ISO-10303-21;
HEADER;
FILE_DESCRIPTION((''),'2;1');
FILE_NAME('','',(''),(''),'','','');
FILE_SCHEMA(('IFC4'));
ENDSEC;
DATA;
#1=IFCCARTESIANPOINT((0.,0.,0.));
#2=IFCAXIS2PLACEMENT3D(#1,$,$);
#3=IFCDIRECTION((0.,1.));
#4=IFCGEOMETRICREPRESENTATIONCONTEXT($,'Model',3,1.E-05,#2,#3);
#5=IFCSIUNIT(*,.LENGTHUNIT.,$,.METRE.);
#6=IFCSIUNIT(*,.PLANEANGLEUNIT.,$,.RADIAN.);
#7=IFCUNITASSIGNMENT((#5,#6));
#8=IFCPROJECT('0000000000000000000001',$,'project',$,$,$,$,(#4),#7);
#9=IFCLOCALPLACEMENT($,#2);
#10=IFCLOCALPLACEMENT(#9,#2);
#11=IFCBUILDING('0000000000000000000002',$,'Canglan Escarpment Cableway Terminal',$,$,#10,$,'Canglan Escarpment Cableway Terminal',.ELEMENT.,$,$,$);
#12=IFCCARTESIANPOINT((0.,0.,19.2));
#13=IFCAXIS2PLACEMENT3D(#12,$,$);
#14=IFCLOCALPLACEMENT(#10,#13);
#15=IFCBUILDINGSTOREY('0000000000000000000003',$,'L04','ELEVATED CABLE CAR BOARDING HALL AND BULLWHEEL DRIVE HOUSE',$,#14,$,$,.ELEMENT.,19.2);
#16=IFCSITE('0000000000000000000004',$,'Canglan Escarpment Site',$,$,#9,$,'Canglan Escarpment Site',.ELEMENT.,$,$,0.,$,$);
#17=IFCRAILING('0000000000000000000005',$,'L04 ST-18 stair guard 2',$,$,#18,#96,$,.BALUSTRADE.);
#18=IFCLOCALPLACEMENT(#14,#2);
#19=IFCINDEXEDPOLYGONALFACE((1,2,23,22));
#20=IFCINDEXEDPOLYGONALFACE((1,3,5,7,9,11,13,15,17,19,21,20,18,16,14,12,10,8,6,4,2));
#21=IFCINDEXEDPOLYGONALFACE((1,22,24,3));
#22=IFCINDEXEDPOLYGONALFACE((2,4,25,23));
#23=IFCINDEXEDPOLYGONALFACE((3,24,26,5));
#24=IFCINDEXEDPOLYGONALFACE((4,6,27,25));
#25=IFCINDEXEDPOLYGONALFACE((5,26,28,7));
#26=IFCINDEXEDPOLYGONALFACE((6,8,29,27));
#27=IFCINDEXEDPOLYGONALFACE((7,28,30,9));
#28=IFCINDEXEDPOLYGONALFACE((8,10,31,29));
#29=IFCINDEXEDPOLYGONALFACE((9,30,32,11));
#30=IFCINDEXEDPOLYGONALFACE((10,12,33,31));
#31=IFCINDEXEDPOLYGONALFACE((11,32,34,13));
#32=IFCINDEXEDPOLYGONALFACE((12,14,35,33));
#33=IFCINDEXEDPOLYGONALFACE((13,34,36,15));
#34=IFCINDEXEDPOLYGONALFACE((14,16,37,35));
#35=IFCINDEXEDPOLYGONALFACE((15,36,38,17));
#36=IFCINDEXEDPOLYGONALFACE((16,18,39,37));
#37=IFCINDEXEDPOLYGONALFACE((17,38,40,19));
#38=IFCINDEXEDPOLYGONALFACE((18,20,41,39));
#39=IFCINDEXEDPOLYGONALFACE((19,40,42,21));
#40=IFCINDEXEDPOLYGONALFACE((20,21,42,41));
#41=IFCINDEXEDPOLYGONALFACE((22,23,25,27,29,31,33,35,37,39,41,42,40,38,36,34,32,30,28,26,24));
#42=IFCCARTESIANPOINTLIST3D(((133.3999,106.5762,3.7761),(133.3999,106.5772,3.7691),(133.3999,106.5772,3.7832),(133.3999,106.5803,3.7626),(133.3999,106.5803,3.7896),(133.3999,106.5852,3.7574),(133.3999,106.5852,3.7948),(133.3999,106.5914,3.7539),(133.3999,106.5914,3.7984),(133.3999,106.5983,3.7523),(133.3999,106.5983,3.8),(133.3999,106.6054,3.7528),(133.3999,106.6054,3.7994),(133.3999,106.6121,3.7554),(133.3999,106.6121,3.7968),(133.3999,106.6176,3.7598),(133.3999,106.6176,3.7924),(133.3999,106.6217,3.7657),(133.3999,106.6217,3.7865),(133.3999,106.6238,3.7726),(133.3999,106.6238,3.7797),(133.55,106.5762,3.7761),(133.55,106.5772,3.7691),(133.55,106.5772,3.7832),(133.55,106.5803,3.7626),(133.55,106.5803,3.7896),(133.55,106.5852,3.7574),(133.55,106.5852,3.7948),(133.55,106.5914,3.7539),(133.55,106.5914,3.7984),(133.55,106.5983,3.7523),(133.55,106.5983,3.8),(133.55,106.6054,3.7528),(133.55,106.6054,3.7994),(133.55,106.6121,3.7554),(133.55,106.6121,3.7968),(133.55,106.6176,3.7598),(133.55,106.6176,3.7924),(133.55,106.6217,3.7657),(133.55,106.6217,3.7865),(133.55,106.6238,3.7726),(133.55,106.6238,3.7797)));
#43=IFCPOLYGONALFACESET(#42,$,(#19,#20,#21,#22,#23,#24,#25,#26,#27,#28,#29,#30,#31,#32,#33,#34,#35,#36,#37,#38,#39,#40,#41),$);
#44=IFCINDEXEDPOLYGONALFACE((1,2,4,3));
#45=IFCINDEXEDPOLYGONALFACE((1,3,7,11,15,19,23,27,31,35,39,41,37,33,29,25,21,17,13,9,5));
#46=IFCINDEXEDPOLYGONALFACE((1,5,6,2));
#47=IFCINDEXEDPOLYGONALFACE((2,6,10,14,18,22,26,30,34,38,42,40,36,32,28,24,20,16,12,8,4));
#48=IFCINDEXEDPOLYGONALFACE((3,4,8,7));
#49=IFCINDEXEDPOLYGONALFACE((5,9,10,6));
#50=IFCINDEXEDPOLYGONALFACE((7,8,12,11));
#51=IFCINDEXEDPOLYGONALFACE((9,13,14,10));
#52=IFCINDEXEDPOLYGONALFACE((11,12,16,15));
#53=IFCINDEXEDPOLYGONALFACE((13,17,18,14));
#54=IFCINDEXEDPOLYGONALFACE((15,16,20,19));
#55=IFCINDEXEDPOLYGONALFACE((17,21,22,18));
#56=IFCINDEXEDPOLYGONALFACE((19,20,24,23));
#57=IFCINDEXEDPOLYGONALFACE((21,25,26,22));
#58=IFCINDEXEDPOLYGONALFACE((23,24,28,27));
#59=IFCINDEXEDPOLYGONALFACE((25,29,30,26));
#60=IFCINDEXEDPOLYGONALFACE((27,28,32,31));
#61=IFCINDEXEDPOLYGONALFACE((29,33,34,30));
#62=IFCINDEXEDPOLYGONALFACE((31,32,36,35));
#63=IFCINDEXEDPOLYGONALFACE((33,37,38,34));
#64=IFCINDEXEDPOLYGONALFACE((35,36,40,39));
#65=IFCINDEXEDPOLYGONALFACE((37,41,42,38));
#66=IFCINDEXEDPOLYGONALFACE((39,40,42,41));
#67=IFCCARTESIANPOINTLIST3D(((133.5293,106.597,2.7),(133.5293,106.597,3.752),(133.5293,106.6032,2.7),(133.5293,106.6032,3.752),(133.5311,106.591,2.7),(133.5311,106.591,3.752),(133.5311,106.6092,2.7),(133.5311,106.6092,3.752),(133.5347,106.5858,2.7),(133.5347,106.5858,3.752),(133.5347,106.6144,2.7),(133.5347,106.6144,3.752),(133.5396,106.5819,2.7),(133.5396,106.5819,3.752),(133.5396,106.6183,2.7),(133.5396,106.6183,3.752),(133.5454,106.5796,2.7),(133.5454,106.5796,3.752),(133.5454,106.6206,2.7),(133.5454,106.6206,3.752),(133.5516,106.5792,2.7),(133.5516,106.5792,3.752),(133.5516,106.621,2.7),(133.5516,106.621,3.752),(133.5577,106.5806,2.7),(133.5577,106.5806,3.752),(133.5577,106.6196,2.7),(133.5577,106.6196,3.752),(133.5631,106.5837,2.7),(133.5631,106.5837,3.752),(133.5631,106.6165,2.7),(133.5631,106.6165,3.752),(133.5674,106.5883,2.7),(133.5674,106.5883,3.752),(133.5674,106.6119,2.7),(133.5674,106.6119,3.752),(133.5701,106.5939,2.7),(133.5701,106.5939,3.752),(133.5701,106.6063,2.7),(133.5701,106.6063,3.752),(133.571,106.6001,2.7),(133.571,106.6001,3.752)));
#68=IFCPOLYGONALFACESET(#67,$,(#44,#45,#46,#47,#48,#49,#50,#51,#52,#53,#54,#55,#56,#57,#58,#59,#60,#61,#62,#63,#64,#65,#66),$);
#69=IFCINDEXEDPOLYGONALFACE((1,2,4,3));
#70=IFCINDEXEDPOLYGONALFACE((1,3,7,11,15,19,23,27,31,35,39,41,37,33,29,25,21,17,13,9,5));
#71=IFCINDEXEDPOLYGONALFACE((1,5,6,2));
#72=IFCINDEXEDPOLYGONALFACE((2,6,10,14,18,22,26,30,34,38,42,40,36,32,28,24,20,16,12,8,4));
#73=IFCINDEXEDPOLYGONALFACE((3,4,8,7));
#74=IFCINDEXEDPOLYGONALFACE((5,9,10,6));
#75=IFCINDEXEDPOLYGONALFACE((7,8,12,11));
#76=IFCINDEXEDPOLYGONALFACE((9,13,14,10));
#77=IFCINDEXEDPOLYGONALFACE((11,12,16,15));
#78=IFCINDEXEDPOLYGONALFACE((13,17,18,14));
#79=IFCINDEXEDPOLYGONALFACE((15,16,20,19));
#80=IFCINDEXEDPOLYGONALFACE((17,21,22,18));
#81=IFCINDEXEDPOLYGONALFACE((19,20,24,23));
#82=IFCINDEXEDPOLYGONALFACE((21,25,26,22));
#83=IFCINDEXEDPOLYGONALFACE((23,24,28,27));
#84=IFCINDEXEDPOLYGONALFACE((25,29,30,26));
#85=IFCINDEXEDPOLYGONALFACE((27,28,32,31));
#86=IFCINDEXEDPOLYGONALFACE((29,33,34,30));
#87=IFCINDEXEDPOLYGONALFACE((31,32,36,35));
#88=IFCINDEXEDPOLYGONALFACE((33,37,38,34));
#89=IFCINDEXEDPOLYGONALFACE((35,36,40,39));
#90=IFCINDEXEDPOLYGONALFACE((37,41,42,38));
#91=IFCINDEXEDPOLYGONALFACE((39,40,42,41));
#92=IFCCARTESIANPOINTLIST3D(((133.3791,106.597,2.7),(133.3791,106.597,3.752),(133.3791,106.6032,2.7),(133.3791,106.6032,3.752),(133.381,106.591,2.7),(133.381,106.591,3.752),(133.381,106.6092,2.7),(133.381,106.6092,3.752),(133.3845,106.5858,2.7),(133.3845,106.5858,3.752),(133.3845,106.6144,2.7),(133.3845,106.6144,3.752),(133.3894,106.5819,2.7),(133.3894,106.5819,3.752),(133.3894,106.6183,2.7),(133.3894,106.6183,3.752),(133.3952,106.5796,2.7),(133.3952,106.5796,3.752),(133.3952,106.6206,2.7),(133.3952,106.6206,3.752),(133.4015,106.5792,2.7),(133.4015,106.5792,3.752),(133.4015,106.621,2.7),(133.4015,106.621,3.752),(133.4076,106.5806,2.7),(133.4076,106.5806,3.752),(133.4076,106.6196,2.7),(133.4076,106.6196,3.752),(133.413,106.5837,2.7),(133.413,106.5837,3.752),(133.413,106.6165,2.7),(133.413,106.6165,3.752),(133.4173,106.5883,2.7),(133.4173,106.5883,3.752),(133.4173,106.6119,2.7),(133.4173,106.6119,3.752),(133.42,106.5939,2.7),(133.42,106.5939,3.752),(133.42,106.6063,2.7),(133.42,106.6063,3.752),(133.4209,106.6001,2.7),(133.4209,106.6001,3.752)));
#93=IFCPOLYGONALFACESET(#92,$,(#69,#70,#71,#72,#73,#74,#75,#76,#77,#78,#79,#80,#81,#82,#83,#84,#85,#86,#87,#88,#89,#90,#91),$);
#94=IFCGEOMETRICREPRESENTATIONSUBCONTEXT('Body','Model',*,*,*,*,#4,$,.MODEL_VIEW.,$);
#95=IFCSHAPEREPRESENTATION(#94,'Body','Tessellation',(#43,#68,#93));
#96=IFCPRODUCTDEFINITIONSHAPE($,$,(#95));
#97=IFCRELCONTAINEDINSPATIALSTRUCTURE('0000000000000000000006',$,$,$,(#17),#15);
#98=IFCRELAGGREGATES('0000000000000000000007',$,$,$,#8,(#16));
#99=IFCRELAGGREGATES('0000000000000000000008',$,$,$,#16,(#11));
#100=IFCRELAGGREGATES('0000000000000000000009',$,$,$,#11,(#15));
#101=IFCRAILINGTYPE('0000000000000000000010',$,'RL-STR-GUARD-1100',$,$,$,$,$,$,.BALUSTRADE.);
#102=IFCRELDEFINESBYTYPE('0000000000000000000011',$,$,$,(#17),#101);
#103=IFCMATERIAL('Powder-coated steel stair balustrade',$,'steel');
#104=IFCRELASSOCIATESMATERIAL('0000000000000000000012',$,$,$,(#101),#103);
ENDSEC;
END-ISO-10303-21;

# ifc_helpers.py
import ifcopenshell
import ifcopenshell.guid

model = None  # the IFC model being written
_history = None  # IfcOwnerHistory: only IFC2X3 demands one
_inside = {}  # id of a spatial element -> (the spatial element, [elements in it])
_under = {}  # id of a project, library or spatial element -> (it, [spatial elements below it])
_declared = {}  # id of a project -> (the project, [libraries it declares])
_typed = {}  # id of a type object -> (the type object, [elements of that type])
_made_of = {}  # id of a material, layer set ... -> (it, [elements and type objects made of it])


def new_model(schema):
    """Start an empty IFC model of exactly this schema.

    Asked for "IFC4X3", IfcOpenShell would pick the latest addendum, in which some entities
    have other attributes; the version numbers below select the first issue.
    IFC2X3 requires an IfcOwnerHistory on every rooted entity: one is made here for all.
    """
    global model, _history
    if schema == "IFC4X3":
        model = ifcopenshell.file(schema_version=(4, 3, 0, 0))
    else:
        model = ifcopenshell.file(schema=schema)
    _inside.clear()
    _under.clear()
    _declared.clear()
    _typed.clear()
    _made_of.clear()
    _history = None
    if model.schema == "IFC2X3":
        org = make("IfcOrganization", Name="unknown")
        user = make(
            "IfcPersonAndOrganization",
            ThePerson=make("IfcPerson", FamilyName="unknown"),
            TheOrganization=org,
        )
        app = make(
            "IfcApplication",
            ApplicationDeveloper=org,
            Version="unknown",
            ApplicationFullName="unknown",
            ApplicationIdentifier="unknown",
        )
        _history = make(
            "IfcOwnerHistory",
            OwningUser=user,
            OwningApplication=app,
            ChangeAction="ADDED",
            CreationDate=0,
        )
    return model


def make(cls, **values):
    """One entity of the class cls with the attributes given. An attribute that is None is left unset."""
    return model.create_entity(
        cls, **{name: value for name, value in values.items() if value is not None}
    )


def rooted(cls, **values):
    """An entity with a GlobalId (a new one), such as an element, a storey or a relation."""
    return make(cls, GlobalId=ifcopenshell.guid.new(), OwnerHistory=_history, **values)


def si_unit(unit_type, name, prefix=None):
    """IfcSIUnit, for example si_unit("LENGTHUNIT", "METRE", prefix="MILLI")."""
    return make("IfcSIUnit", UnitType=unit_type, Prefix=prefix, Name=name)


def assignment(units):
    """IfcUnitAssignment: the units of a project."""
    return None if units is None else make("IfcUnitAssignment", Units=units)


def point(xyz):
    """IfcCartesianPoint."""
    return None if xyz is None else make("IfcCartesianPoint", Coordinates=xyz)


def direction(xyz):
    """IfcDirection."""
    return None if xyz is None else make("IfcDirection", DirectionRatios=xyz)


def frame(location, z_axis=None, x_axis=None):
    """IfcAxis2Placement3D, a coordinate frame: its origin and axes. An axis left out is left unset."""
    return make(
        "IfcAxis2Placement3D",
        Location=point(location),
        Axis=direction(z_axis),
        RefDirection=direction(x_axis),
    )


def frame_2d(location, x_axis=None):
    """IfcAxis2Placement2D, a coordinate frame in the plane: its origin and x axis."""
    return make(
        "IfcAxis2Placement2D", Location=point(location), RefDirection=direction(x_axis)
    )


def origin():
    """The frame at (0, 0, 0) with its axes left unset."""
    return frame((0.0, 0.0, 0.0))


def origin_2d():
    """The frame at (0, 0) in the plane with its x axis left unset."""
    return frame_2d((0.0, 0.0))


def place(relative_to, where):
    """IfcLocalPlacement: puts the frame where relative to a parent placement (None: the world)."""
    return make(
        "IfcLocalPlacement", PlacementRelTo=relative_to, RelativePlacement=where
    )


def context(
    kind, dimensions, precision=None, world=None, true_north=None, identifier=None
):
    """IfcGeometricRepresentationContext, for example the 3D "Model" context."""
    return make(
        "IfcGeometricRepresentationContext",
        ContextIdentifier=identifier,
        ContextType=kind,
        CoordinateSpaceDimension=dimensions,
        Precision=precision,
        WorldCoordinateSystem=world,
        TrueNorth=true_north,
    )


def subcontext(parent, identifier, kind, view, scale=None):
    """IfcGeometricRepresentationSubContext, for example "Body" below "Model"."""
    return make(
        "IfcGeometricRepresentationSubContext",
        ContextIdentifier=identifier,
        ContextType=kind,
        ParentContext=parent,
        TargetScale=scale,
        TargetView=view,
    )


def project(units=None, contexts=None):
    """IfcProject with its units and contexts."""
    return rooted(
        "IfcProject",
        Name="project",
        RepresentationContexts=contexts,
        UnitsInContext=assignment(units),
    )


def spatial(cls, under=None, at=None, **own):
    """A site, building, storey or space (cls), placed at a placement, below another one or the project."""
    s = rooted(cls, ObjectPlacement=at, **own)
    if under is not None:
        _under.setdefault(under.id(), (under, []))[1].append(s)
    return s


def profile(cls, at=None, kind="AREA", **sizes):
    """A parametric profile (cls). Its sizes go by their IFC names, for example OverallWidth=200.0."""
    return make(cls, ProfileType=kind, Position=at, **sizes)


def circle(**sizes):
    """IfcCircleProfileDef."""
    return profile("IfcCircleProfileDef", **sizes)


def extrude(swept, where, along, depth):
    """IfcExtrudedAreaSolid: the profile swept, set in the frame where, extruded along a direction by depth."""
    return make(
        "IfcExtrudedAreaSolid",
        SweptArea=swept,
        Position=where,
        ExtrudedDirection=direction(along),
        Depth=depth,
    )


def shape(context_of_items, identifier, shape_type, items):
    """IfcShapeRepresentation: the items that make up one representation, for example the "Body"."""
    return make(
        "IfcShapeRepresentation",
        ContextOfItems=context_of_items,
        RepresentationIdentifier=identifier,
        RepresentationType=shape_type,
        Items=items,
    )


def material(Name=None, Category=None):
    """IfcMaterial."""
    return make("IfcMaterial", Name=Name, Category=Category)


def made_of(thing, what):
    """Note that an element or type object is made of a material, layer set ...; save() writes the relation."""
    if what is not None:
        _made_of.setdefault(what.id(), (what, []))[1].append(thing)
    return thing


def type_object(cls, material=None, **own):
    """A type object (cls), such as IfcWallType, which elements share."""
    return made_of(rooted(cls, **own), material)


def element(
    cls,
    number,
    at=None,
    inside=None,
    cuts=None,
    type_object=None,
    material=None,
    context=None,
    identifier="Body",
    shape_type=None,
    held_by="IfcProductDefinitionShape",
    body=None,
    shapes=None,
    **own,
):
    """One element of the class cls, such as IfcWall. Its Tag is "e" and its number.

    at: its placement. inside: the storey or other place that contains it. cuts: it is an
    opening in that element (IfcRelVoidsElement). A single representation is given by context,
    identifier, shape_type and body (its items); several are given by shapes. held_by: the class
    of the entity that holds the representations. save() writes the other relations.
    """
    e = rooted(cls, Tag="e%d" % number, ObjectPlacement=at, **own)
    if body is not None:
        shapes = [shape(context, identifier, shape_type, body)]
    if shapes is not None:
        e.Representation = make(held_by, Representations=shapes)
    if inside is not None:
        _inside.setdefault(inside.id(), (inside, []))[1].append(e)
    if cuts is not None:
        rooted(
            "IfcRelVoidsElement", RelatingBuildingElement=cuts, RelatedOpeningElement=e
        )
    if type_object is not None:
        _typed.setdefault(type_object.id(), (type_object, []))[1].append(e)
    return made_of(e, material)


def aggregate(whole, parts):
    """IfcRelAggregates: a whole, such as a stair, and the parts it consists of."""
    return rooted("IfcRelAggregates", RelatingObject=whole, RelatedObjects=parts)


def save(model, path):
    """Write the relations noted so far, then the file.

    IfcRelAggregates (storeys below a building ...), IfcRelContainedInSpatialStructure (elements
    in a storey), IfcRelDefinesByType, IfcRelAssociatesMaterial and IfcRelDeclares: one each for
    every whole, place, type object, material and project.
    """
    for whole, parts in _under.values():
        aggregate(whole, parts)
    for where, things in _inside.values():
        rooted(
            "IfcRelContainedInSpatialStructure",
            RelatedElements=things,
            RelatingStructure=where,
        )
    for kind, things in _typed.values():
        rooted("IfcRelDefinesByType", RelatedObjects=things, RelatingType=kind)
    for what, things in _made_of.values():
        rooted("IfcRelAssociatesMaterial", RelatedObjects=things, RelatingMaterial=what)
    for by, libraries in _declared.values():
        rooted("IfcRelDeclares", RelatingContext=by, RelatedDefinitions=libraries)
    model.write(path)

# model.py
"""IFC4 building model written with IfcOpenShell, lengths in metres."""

from ifc_helpers import new_model, si_unit, direction, frame, origin, origin_2d, place, context, subcontext, project, spatial, circle, extrude, material, type_object, element, save


model = new_model("IFC4")

# Units and contexts
model_context = context("Model", 3, precision=1e-05, world=origin(), true_north=direction((0.0, 1.0)))
body_context = subcontext(model_context, "Body", "Model", "MODEL_VIEW")
ifc_project = project(units=[si_unit("LENGTHUNIT", "METRE"), si_unit("PLANEANGLEUNIT", "RADIAN")], contexts=[model_context])

# Site, building, storey
site_placement = place(None, origin())
site = spatial("IfcSite", under=ifc_project, at=site_placement, Name="Canglan Escarpment Site", LongName="Canglan Escarpment Site", CompositionType="ELEMENT", RefElevation=0.0)
building_placement = place(site_placement, origin())
building = spatial("IfcBuilding", under=site, at=building_placement, Name="Canglan Escarpment Cableway Terminal", LongName="Canglan Escarpment Cableway Terminal", CompositionType="ELEMENT")
storey_placement = place(building_placement, frame((0.0, 0.0, 19.2)))
storey = spatial("IfcBuildingStorey", under=building, at=storey_placement, Name="L04", Description="ELEVATED CABLE CAR BOARDING HALL AND BULLWHEEL DRIVE HOUSE", CompositionType="ELEMENT", Elevation=19.2)

# Railing
ifc_material_1 = material(Name="Powder-coated steel stair balustrade", Category="steel")
railing_type_1 = type_object("IfcRailingType", Name="RL-STR-GUARD-1100", PredefinedType="BALUSTRADE", material=ifc_material_1)
railing_1_placement = place(storey_placement, frame((133.55, 106.6001, 2.7)))
element("IfcRailing", 1, at=railing_1_placement, inside=storey, type_object=railing_type_1, Name="L04 ST-18 stair guard 2", PredefinedType="BALUSTRADE", context=body_context, shape_type="SweptSolid", body=[
    extrude(circle(Radius=0.0239, at=origin_2d()), frame((0.0, 0.0, 1.0762), z_axis=(-1.0, 0.0, 0.0), x_axis=(0.0, -1.0, 0.0)), (0.0, 0.0, 1.0), 0.1501),
    extrude(circle(Radius=0.021, at=origin_2d()), origin(), (0.0, 0.0, 1.0), 1.052),
    extrude(circle(Radius=0.021, at=origin_2d()), frame((-0.1501, 0.0, 0.0)), (0.0, 0.0, 1.0), 1.052),
])

save(model, "model.ifc")
